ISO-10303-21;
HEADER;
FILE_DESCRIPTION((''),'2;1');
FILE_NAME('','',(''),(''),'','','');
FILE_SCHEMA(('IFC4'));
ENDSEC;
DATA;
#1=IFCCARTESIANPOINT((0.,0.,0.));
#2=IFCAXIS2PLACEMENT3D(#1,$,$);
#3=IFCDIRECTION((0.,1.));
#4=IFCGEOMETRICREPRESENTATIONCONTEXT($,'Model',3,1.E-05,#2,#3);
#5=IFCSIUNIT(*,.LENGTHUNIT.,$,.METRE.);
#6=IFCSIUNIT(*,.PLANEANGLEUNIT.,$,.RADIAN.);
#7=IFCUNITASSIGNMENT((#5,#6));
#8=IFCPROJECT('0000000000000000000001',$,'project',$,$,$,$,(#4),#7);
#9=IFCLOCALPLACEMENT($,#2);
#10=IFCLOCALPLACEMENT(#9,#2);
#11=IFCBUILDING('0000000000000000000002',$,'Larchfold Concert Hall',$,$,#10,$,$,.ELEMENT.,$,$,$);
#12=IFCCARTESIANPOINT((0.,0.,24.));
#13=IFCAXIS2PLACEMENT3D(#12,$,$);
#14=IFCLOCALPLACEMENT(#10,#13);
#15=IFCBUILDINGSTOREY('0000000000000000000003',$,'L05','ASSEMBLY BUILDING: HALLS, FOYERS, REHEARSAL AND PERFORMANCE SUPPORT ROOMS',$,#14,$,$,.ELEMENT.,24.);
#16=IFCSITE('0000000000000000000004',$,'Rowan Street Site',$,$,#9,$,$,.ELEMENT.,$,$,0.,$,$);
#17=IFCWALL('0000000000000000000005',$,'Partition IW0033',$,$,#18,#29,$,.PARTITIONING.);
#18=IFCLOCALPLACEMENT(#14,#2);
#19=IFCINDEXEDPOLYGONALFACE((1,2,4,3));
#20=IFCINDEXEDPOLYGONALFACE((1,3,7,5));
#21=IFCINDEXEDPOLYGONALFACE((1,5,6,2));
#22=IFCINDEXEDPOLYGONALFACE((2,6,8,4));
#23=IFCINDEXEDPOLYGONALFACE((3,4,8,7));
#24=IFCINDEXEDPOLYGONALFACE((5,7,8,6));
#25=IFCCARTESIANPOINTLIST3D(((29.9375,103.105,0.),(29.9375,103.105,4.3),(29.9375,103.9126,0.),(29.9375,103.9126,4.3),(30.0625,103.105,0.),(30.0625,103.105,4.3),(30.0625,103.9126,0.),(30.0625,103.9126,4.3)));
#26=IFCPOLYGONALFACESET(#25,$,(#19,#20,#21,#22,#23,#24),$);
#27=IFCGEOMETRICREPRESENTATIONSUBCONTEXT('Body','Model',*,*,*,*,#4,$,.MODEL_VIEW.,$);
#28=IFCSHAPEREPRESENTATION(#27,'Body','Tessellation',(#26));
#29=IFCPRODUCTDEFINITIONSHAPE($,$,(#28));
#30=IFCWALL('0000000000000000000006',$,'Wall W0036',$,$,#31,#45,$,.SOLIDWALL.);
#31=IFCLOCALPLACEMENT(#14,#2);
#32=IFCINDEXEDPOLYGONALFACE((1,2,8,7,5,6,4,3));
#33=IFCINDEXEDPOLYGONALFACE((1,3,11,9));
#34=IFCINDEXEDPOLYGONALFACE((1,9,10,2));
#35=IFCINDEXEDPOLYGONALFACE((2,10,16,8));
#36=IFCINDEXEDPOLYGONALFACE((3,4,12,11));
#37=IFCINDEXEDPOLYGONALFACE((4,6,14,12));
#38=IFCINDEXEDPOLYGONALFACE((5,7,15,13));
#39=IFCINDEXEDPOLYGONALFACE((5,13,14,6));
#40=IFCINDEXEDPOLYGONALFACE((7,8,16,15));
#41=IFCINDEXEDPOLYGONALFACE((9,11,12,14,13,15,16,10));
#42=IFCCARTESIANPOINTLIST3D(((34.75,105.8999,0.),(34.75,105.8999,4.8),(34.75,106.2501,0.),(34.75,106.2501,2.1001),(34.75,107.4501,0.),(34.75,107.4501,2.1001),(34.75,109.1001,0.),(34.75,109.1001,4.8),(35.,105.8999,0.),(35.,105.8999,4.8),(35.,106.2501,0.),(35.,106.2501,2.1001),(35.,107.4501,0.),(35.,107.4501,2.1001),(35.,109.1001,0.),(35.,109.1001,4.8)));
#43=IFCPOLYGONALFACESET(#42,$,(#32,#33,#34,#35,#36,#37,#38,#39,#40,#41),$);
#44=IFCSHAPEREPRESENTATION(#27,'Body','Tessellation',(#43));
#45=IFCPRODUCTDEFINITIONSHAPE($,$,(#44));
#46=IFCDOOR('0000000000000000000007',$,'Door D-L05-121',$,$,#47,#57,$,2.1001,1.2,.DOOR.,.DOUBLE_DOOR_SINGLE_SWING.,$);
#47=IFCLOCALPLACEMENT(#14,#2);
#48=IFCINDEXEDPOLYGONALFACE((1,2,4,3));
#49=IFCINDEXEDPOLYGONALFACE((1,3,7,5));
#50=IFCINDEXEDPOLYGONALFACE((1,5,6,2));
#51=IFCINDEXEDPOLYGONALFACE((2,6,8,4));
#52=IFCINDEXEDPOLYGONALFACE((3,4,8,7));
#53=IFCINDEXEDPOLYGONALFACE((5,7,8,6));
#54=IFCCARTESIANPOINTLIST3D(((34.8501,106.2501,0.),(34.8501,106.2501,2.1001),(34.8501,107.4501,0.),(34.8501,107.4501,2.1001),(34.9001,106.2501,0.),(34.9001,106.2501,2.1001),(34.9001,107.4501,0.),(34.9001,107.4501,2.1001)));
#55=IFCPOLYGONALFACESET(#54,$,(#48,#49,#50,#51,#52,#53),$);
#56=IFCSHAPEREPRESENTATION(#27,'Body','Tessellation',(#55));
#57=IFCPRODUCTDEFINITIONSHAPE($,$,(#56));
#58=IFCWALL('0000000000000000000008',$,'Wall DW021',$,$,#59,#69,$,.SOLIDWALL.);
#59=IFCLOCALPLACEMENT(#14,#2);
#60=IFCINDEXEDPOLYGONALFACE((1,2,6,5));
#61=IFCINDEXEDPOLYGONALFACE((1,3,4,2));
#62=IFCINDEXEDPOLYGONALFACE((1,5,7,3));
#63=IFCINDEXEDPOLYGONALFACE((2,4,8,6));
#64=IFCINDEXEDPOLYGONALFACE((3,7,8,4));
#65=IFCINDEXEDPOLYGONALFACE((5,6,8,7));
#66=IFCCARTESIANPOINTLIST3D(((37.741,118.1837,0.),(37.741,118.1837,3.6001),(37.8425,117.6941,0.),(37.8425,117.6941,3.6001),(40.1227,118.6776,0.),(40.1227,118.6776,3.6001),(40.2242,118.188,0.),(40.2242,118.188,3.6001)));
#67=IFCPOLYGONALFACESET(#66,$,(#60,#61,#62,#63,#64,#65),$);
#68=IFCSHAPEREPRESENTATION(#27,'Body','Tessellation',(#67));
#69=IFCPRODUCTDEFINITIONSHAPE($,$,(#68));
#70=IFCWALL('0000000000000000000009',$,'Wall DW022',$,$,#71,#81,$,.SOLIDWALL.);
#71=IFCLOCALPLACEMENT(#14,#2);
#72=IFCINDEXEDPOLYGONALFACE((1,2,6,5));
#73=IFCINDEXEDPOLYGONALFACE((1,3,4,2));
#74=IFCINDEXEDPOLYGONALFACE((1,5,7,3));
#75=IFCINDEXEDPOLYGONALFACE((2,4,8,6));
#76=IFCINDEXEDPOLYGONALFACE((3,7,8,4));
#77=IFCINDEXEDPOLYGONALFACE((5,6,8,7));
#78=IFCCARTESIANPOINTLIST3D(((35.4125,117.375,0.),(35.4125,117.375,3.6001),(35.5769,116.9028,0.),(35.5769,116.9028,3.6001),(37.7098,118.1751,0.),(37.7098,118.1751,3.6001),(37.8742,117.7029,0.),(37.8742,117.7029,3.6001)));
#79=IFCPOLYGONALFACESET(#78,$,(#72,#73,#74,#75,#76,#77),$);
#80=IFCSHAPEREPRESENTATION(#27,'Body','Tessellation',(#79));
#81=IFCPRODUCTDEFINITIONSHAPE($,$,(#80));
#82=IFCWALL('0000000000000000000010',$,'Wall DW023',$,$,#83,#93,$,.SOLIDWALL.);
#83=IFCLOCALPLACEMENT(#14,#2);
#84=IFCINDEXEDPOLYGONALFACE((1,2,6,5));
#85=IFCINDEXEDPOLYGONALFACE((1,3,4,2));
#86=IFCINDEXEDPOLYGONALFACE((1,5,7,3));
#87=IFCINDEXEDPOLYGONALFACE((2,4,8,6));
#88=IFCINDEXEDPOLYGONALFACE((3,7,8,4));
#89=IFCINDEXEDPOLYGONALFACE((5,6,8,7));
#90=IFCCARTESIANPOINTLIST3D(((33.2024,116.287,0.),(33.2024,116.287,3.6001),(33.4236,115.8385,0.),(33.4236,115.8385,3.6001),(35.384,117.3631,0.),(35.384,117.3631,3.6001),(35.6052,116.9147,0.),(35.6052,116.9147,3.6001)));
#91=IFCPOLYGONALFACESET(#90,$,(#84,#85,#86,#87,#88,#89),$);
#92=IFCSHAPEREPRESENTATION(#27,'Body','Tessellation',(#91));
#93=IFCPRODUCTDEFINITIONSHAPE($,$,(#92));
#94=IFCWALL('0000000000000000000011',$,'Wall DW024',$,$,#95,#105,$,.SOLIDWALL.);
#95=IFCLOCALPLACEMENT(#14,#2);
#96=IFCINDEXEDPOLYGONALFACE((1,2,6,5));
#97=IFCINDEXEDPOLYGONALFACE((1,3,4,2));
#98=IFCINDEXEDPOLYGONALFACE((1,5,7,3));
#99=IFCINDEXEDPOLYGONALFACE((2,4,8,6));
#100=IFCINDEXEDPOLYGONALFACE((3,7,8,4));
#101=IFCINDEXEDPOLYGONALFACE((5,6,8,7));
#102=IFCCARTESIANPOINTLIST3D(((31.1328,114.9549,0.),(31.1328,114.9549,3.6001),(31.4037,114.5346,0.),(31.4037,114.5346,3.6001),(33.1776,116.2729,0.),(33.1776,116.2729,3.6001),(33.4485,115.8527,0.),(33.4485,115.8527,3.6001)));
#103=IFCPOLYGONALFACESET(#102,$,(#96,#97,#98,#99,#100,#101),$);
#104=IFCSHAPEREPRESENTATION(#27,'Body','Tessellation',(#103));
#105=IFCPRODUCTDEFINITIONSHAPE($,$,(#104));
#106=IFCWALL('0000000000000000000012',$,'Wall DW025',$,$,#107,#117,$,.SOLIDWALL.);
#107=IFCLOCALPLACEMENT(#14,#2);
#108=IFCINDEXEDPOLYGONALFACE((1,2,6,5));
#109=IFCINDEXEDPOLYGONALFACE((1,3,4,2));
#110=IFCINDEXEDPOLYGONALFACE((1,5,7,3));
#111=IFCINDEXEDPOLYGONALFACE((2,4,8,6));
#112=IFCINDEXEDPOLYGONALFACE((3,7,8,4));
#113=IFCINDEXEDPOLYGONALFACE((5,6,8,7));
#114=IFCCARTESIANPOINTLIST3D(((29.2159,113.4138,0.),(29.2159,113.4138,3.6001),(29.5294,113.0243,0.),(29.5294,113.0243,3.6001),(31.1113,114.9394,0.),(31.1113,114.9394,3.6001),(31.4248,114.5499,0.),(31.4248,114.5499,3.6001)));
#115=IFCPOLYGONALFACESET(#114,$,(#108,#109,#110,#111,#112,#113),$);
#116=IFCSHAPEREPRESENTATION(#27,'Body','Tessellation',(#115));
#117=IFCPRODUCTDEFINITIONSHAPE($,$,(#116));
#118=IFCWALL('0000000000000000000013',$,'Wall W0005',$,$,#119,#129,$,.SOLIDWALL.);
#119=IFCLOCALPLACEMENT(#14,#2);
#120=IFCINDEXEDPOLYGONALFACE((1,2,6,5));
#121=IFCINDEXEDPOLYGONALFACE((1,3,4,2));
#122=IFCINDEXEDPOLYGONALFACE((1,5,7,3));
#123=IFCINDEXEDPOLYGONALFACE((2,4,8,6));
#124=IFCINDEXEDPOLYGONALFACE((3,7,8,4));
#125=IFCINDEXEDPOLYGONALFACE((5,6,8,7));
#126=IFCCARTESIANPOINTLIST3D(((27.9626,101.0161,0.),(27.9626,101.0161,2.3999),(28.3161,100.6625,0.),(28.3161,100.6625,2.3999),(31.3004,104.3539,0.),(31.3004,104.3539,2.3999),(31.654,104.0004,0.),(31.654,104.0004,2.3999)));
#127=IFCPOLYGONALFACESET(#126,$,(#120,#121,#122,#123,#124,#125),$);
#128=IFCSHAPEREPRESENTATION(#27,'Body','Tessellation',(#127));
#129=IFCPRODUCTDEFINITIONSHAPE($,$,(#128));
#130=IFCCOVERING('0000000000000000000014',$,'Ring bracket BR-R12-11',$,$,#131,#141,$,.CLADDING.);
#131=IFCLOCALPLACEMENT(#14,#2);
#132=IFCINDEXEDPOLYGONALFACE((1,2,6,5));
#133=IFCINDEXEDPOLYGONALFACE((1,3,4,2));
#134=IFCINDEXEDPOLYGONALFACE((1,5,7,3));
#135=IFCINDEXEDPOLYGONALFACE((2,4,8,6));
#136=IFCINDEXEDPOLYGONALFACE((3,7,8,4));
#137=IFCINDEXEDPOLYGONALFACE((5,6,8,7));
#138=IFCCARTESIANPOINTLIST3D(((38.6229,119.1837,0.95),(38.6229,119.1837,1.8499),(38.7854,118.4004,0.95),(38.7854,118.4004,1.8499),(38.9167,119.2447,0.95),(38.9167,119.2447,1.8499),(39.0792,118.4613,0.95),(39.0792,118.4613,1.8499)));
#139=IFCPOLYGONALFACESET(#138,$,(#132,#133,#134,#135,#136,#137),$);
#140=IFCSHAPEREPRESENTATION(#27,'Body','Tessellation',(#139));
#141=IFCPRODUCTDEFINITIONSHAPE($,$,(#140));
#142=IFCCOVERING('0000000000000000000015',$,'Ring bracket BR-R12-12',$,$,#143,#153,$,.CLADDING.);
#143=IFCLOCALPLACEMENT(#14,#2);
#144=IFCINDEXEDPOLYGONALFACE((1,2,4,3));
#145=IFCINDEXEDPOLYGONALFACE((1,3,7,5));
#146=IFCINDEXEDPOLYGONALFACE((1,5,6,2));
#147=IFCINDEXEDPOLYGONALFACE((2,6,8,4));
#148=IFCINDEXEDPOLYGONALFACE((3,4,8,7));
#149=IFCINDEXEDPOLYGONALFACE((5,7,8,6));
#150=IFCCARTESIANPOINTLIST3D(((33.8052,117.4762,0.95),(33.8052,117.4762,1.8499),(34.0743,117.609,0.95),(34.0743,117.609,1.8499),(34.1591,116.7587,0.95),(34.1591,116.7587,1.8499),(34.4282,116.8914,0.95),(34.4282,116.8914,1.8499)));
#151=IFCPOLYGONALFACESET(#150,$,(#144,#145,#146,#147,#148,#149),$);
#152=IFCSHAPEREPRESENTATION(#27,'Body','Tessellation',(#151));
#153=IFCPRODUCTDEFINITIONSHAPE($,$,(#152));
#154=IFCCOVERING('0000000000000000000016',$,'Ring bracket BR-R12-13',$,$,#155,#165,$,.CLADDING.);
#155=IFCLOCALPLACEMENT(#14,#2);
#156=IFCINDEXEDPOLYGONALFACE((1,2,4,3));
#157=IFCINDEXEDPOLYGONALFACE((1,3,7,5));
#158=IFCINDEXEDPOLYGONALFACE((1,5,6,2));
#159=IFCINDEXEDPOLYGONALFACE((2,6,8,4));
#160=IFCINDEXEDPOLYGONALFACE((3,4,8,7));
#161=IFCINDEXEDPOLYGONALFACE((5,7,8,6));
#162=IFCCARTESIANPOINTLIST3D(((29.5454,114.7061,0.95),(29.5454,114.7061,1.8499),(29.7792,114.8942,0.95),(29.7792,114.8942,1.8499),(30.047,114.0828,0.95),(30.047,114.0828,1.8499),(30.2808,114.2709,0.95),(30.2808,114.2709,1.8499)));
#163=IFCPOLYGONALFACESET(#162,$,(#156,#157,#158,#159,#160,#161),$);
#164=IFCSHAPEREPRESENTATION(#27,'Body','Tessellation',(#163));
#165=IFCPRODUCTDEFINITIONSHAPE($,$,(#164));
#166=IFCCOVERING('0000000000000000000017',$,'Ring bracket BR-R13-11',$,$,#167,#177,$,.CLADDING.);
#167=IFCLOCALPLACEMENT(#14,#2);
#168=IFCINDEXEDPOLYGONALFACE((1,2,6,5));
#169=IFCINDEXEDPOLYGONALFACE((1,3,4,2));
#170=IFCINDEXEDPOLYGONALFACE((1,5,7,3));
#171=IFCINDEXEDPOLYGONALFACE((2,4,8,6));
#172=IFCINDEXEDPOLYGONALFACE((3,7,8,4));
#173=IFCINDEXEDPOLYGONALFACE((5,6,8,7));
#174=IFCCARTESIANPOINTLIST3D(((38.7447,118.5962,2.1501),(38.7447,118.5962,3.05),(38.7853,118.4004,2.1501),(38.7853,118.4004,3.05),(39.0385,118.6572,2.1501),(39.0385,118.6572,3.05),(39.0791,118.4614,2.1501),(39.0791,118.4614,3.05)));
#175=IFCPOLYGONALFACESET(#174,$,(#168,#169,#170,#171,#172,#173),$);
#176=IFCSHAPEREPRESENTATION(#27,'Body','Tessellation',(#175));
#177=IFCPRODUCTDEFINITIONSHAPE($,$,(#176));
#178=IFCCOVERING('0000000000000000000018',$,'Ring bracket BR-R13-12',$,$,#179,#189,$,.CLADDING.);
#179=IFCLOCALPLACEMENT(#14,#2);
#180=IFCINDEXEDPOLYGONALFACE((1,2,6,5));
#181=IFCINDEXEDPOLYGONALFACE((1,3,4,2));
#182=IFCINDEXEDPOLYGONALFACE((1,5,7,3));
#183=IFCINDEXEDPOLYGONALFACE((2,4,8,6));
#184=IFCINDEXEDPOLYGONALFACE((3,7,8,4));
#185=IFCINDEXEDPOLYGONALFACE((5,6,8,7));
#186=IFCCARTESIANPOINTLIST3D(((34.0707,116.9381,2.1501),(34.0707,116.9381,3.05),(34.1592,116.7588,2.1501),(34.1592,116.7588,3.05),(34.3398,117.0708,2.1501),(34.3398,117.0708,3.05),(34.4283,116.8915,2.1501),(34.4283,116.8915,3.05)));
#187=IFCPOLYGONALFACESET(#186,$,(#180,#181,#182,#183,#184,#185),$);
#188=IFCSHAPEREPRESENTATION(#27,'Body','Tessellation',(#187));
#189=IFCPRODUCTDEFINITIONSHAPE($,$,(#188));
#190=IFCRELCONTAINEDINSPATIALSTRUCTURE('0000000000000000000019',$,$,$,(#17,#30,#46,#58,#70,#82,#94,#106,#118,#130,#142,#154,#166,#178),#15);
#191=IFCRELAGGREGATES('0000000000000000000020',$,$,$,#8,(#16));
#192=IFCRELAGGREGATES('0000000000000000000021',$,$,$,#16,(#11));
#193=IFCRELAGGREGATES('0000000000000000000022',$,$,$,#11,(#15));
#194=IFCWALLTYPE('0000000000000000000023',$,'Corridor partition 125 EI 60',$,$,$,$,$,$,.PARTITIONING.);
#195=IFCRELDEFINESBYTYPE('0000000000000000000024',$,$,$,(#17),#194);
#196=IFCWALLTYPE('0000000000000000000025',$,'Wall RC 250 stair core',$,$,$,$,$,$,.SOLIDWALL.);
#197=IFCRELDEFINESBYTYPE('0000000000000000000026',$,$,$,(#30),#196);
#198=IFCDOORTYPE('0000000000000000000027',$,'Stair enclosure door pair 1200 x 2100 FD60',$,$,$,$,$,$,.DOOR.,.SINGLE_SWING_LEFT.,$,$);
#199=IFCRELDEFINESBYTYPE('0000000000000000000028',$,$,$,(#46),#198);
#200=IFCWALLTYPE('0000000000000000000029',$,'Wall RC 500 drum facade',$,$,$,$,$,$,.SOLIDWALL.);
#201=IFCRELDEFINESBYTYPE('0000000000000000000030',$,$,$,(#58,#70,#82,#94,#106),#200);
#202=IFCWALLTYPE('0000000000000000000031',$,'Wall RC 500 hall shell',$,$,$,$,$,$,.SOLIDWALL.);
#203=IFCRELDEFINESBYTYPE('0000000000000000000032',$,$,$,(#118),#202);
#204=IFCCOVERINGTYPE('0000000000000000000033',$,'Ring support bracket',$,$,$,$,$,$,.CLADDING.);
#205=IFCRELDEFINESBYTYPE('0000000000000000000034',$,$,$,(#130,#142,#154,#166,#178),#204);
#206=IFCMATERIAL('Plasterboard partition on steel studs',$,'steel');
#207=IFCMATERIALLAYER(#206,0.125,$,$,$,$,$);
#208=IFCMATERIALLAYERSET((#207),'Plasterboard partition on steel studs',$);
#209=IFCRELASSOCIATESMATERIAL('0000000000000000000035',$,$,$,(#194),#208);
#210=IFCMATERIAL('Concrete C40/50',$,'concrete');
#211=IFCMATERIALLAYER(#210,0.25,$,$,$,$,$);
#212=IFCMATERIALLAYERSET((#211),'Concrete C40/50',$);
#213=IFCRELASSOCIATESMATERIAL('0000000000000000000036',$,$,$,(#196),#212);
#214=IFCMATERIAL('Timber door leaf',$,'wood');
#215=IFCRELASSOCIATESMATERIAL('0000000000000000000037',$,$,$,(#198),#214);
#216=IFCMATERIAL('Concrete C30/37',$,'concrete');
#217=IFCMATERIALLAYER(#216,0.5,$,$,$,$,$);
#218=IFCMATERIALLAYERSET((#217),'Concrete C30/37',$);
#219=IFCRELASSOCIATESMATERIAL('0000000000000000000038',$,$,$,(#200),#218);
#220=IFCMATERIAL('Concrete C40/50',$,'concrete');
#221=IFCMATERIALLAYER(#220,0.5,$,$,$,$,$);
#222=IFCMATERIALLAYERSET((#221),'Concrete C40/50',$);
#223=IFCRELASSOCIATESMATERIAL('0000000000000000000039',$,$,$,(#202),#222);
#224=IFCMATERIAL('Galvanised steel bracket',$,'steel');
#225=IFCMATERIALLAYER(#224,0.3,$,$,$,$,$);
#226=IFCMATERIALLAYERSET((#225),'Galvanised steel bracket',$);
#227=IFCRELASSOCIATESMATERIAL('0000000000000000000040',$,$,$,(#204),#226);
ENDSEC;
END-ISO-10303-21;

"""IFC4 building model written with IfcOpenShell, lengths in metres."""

from ifc_helpers import new_model, si_unit, direction, frame, frame_2d, origin, origin_2d, place, context, subcontext, project, spatial, rectangle, extrude, material, layer, layer_set, type_object, element, fill, save


model = new_model("IFC4")

# Units and contexts
model_context = context("Model", 3, precision=1e-05, world=origin(), true_north=direction((0.0, 1.0)))
body_context = subcontext(model_context, "Body", "Model", "MODEL_VIEW")
ifc_project = project(units=[si_unit("LENGTHUNIT", "METRE"), si_unit("PLANEANGLEUNIT", "RADIAN")], contexts=[model_context])

# Site, building, storey
site_placement = place(None, origin())
site = spatial("IfcSite", under=ifc_project, at=site_placement, Name="Rowan Street Site", CompositionType="ELEMENT", RefElevation=0.0)
building_placement = place(site_placement, origin())
building = spatial("IfcBuilding", under=site, at=building_placement, Name="Larchfold Concert Hall", CompositionType="ELEMENT")
storey_placement = place(building_placement, frame((0.0, 0.0, 24.0)))
storey = spatial("IfcBuildingStorey", under=building, at=storey_placement, Name="L05", Description="ASSEMBLY BUILDING: HALLS, FOYERS, REHEARSAL AND PERFORMANCE SUPPORT ROOMS", CompositionType="ELEMENT", Elevation=24.0)

# Wall
ifc_material_1 = material(Name="Plasterboard partition on steel studs", Category="steel")
ifc_layer_1 = layer(ifc_material_1, 0.125)
ifc_layer_set_1 = layer_set([ifc_layer_1], Name="Plasterboard partition on steel studs")
wall_type_1 = type_object("IfcWallType", Name="Corridor partition 125 EI 60", PredefinedType="PARTITIONING", material=ifc_layer_set_1)
wall_1_placement = place(storey_placement, frame((30.0, 103.9126, 0.0), z_axis=(0.0, 0.0, 1.0), x_axis=(0.0, -1.0, 0.0)))
element("IfcWall", 1, at=wall_1_placement, inside=storey, type_object=wall_type_1, Name="Partition IW0033", PredefinedType="PARTITIONING", context=body_context, shape_type="SweptSolid", body=[
    extrude(rectangle(XDim=0.8076, YDim=0.125, at=frame_2d((0.4038, 0.0))), origin(), (0.0, 0.0, 1.0), 4.3),
])

# Wall, opening, door
ifc_material_2 = material(Name="Concrete C40/50", Category="concrete")
ifc_layer_2 = layer(ifc_material_2, 0.25)
ifc_layer_set_2 = layer_set([ifc_layer_2], Name="Concrete C40/50")
wall_type_2 = type_object("IfcWallType", Name="Wall RC 250 stair core", PredefinedType="SOLIDWALL", material=ifc_layer_set_2)
wall_2_placement = place(storey_placement, frame((34.875, 105.8999, 0.0), z_axis=(0.0, 0.0, 1.0), x_axis=(0.0, 1.0, 0.0)))
wall_2 = element("IfcWall", 2, at=wall_2_placement, inside=storey, type_object=wall_type_2, Name="Wall W0036", PredefinedType="SOLIDWALL", context=body_context, shape_type="SweptSolid", body=[
    extrude(rectangle(XDim=3.2002, YDim=0.25, at=frame_2d((1.6001, 0.0))), origin(), (0.0, 0.0, 1.0), 4.8),
])
opening_placement = place(wall_2_placement, frame((0.3501, 0.0, 0.0)))
opening = element("IfcOpeningElement", 3, at=opening_placement, cuts=wall_2, PredefinedType="OPENING", context=body_context, shape_type="SweptSolid", body=[
    extrude(rectangle(XDim=1.2, YDim=2.1001, at=frame_2d((0.6001, 1.05))), frame((0.0, 0.135, 0.0), z_axis=(0.0, -1.0, 0.0), x_axis=(1.0, 0.0, 0.0)), (0.0, 0.0, 1.0), 0.27),
])
ifc_material_3 = material(Name="Timber door leaf", Category="wood")
door_type = type_object("IfcDoorType", Name="Stair enclosure door pair 1200 x 2100 FD60", OperationType="SINGLE_SWING_LEFT", PredefinedType="DOOR", material=ifc_material_3)
door_placement = place(opening_placement, origin())
door = element("IfcDoor", 4, at=door_placement, inside=storey, type_object=door_type, Name="Door D-L05-121", OperationType="DOUBLE_DOOR_SINGLE_SWING", OverallHeight=2.1001, OverallWidth=1.2, PredefinedType="DOOR", context=body_context, shape_type="SweptSolid", body=[
    extrude(rectangle(XDim=1.2, YDim=2.1001, at=frame_2d((0.6001, 1.05))), frame((0.0, 0.0249, 0.0), z_axis=(0.0, -1.0, 0.0), x_axis=(1.0, 0.0, 0.0)), (0.0, 0.0, 1.0), 0.05),
])
fill(opening, door)

# Walls
ifc_material_4 = material(Name="Concrete C30/37", Category="concrete")
ifc_layer_3 = layer(ifc_material_4, 0.5)
ifc_layer_set_3 = layer_set([ifc_layer_3], Name="Concrete C30/37")
wall_type_3 = type_object("IfcWallType", Name="Wall RC 500 drum facade", PredefinedType="SOLIDWALL", material=ifc_layer_set_3)
wall_3_placement = place(storey_placement, frame((40.1736, 118.4329, 0.0), z_axis=(0.0, 0.0, 1.0), x_axis=(-0.979166, -0.20306, 0.0)))
element("IfcWall", 5, at=wall_3_placement, inside=storey, type_object=wall_type_3, Name="Wall DW021", PredefinedType="SOLIDWALL", context=body_context, shape_type="SweptSolid", body=[
    extrude(rectangle(XDim=2.4324, YDim=0.5, at=frame_2d((1.2163, 0.0))), origin(), (0.0, 0.0, 1.0), 3.6001),
])
for number, where, z_axis, x_axis, name in (
    (6, (37.792, 117.939, 0.0), (0.0, 0.0, 1.0), (-0.944374, -0.328875, 0.0), "Wall DW022"),
    (7, (35.4946, 117.1389, 0.0), (0.0, 0.0, 1.0), (-0.896823, -0.44239, 0.0), "Wall DW023"),
):
    element("IfcWall", number, at=place(storey_placement, frame(where, z_axis=z_axis, x_axis=x_axis)), inside=storey, type_object=wall_type_3, Name=name, PredefinedType="SOLIDWALL", context=body_context, shape_type="SweptSolid", body=[
        extrude(rectangle(XDim=2.4326, YDim=0.5, at=frame_2d((1.2163, 0.0))), origin(), (0.0, 0.0, 1.0), 3.6001),
    ])
wall_4_placement = place(storey_placement, frame((33.313, 116.0627, 0.0), z_axis=(0.0, 0.0, 1.0), x_axis=(-0.840519, -0.541782, 0.0)))
element("IfcWall", 8, at=wall_4_placement, inside=storey, type_object=wall_type_3, Name="Wall DW024", PredefinedType="SOLIDWALL", context=body_context, shape_type="SweptSolid", body=[
    extrude(rectangle(XDim=2.4329, YDim=0.5, at=frame_2d((1.2163, 0.0))), origin(), (0.0, 0.0, 1.0), 3.6001),
])
wall_5_placement = place(storey_placement, frame((31.2681, 114.7446, 0.0), z_axis=(0.0, 0.0, 1.0), x_axis=(-0.779015, -0.627005, 0.0)))
element("IfcWall", 9, at=wall_5_placement, inside=storey, type_object=wall_type_3, Name="Wall DW025", PredefinedType="SOLIDWALL", context=body_context, shape_type="SweptSolid", body=[
    extrude(rectangle(XDim=2.4331, YDim=0.5, at=frame_2d((1.2166, 0.0))), origin(), (0.0, 0.0, 1.0), 3.6001),
])
ifc_material_5 = material(Name="Concrete C40/50", Category="concrete")
ifc_layer_4 = layer(ifc_material_5, 0.5)
ifc_layer_set_4 = layer_set([ifc_layer_4], Name="Concrete C40/50")
wall_type_4 = type_object("IfcWallType", Name="Wall RC 500 hall shell", PredefinedType="SOLIDWALL", material=ifc_layer_set_4)
wall_6_placement = place(storey_placement, frame((31.4773, 104.1772, 0.0), z_axis=(0.0, 0.0, 1.0), x_axis=(-0.707107, -0.707107, 0.0)))
element("IfcWall", 10, at=wall_6_placement, inside=storey, type_object=wall_type_4, Name="Wall W0005", PredefinedType="SOLIDWALL", context=body_context, shape_type="SweptSolid", body=[
    extrude(rectangle(XDim=4.7205, YDim=0.5, at=frame_2d((2.3604, 0.0))), origin(), (0.0, 0.0, 1.0), 2.3999),
])

# Coverings
ifc_material_6 = material(Name="Galvanised steel bracket", Category="steel")
ifc_layer_5 = layer(ifc_material_6, 0.3)
ifc_layer_set_5 = layer_set([ifc_layer_5], Name="Galvanised steel bracket")
covering_type = type_object("IfcCoveringType", Name="Ring support bracket", PredefinedType="CLADDING", material=ifc_layer_set_5)
for number, where, z_axis, x_axis, name in (
    (11, (38.8511, 118.8225, 0.95), (0.0, 0.0, 1.0), (-0.20308, 0.979162, 0.0), "Ring bracket BR-R12-11"),
    (12, (34.1167, 117.1838, 0.95), (0.0, 0.0, 1.0), (-0.442369, 0.896833, 0.0), "Ring bracket BR-R12-12"),
    (13, (29.9131, 114.4885, 0.95), (0.0, 0.0, 1.0), (-0.626933, 0.779073, 0.0), "Ring bracket BR-R12-13"),
):
    element("IfcCovering", number, at=place(storey_placement, frame(where, z_axis=z_axis, x_axis=x_axis)), inside=storey, type_object=covering_type, Name=name, PredefinedType="CLADDING", context=body_context, shape_type="SweptSolid", body=[
        extrude(rectangle(XDim=0.8, YDim=0.3, at=origin_2d()), origin(), (0.0, 0.0, 1.0), 0.8999),
    ])
for number, where, z_axis, x_axis, name in (
    (14, (38.9119, 118.5288, 2.1501), (0.0, 0.0, 1.0), (-0.20308, 0.979162, 0.0), "Ring bracket BR-R13-11"),
    (15, (34.2495, 116.9148, 2.1501), (0.0, 0.0, 1.0), (-0.442369, 0.896833, 0.0), "Ring bracket BR-R13-12"),
):
    element("IfcCovering", number, at=place(storey_placement, frame(where, z_axis=z_axis, x_axis=x_axis)), inside=storey, type_object=covering_type, Name=name, PredefinedType="CLADDING", context=body_context, shape_type="SweptSolid", body=[
        extrude(rectangle(XDim=0.2, YDim=0.3, at=origin_2d()), origin(), (0.0, 0.0, 1.0), 0.8999),
    ])

save(model, "model.ifc")
